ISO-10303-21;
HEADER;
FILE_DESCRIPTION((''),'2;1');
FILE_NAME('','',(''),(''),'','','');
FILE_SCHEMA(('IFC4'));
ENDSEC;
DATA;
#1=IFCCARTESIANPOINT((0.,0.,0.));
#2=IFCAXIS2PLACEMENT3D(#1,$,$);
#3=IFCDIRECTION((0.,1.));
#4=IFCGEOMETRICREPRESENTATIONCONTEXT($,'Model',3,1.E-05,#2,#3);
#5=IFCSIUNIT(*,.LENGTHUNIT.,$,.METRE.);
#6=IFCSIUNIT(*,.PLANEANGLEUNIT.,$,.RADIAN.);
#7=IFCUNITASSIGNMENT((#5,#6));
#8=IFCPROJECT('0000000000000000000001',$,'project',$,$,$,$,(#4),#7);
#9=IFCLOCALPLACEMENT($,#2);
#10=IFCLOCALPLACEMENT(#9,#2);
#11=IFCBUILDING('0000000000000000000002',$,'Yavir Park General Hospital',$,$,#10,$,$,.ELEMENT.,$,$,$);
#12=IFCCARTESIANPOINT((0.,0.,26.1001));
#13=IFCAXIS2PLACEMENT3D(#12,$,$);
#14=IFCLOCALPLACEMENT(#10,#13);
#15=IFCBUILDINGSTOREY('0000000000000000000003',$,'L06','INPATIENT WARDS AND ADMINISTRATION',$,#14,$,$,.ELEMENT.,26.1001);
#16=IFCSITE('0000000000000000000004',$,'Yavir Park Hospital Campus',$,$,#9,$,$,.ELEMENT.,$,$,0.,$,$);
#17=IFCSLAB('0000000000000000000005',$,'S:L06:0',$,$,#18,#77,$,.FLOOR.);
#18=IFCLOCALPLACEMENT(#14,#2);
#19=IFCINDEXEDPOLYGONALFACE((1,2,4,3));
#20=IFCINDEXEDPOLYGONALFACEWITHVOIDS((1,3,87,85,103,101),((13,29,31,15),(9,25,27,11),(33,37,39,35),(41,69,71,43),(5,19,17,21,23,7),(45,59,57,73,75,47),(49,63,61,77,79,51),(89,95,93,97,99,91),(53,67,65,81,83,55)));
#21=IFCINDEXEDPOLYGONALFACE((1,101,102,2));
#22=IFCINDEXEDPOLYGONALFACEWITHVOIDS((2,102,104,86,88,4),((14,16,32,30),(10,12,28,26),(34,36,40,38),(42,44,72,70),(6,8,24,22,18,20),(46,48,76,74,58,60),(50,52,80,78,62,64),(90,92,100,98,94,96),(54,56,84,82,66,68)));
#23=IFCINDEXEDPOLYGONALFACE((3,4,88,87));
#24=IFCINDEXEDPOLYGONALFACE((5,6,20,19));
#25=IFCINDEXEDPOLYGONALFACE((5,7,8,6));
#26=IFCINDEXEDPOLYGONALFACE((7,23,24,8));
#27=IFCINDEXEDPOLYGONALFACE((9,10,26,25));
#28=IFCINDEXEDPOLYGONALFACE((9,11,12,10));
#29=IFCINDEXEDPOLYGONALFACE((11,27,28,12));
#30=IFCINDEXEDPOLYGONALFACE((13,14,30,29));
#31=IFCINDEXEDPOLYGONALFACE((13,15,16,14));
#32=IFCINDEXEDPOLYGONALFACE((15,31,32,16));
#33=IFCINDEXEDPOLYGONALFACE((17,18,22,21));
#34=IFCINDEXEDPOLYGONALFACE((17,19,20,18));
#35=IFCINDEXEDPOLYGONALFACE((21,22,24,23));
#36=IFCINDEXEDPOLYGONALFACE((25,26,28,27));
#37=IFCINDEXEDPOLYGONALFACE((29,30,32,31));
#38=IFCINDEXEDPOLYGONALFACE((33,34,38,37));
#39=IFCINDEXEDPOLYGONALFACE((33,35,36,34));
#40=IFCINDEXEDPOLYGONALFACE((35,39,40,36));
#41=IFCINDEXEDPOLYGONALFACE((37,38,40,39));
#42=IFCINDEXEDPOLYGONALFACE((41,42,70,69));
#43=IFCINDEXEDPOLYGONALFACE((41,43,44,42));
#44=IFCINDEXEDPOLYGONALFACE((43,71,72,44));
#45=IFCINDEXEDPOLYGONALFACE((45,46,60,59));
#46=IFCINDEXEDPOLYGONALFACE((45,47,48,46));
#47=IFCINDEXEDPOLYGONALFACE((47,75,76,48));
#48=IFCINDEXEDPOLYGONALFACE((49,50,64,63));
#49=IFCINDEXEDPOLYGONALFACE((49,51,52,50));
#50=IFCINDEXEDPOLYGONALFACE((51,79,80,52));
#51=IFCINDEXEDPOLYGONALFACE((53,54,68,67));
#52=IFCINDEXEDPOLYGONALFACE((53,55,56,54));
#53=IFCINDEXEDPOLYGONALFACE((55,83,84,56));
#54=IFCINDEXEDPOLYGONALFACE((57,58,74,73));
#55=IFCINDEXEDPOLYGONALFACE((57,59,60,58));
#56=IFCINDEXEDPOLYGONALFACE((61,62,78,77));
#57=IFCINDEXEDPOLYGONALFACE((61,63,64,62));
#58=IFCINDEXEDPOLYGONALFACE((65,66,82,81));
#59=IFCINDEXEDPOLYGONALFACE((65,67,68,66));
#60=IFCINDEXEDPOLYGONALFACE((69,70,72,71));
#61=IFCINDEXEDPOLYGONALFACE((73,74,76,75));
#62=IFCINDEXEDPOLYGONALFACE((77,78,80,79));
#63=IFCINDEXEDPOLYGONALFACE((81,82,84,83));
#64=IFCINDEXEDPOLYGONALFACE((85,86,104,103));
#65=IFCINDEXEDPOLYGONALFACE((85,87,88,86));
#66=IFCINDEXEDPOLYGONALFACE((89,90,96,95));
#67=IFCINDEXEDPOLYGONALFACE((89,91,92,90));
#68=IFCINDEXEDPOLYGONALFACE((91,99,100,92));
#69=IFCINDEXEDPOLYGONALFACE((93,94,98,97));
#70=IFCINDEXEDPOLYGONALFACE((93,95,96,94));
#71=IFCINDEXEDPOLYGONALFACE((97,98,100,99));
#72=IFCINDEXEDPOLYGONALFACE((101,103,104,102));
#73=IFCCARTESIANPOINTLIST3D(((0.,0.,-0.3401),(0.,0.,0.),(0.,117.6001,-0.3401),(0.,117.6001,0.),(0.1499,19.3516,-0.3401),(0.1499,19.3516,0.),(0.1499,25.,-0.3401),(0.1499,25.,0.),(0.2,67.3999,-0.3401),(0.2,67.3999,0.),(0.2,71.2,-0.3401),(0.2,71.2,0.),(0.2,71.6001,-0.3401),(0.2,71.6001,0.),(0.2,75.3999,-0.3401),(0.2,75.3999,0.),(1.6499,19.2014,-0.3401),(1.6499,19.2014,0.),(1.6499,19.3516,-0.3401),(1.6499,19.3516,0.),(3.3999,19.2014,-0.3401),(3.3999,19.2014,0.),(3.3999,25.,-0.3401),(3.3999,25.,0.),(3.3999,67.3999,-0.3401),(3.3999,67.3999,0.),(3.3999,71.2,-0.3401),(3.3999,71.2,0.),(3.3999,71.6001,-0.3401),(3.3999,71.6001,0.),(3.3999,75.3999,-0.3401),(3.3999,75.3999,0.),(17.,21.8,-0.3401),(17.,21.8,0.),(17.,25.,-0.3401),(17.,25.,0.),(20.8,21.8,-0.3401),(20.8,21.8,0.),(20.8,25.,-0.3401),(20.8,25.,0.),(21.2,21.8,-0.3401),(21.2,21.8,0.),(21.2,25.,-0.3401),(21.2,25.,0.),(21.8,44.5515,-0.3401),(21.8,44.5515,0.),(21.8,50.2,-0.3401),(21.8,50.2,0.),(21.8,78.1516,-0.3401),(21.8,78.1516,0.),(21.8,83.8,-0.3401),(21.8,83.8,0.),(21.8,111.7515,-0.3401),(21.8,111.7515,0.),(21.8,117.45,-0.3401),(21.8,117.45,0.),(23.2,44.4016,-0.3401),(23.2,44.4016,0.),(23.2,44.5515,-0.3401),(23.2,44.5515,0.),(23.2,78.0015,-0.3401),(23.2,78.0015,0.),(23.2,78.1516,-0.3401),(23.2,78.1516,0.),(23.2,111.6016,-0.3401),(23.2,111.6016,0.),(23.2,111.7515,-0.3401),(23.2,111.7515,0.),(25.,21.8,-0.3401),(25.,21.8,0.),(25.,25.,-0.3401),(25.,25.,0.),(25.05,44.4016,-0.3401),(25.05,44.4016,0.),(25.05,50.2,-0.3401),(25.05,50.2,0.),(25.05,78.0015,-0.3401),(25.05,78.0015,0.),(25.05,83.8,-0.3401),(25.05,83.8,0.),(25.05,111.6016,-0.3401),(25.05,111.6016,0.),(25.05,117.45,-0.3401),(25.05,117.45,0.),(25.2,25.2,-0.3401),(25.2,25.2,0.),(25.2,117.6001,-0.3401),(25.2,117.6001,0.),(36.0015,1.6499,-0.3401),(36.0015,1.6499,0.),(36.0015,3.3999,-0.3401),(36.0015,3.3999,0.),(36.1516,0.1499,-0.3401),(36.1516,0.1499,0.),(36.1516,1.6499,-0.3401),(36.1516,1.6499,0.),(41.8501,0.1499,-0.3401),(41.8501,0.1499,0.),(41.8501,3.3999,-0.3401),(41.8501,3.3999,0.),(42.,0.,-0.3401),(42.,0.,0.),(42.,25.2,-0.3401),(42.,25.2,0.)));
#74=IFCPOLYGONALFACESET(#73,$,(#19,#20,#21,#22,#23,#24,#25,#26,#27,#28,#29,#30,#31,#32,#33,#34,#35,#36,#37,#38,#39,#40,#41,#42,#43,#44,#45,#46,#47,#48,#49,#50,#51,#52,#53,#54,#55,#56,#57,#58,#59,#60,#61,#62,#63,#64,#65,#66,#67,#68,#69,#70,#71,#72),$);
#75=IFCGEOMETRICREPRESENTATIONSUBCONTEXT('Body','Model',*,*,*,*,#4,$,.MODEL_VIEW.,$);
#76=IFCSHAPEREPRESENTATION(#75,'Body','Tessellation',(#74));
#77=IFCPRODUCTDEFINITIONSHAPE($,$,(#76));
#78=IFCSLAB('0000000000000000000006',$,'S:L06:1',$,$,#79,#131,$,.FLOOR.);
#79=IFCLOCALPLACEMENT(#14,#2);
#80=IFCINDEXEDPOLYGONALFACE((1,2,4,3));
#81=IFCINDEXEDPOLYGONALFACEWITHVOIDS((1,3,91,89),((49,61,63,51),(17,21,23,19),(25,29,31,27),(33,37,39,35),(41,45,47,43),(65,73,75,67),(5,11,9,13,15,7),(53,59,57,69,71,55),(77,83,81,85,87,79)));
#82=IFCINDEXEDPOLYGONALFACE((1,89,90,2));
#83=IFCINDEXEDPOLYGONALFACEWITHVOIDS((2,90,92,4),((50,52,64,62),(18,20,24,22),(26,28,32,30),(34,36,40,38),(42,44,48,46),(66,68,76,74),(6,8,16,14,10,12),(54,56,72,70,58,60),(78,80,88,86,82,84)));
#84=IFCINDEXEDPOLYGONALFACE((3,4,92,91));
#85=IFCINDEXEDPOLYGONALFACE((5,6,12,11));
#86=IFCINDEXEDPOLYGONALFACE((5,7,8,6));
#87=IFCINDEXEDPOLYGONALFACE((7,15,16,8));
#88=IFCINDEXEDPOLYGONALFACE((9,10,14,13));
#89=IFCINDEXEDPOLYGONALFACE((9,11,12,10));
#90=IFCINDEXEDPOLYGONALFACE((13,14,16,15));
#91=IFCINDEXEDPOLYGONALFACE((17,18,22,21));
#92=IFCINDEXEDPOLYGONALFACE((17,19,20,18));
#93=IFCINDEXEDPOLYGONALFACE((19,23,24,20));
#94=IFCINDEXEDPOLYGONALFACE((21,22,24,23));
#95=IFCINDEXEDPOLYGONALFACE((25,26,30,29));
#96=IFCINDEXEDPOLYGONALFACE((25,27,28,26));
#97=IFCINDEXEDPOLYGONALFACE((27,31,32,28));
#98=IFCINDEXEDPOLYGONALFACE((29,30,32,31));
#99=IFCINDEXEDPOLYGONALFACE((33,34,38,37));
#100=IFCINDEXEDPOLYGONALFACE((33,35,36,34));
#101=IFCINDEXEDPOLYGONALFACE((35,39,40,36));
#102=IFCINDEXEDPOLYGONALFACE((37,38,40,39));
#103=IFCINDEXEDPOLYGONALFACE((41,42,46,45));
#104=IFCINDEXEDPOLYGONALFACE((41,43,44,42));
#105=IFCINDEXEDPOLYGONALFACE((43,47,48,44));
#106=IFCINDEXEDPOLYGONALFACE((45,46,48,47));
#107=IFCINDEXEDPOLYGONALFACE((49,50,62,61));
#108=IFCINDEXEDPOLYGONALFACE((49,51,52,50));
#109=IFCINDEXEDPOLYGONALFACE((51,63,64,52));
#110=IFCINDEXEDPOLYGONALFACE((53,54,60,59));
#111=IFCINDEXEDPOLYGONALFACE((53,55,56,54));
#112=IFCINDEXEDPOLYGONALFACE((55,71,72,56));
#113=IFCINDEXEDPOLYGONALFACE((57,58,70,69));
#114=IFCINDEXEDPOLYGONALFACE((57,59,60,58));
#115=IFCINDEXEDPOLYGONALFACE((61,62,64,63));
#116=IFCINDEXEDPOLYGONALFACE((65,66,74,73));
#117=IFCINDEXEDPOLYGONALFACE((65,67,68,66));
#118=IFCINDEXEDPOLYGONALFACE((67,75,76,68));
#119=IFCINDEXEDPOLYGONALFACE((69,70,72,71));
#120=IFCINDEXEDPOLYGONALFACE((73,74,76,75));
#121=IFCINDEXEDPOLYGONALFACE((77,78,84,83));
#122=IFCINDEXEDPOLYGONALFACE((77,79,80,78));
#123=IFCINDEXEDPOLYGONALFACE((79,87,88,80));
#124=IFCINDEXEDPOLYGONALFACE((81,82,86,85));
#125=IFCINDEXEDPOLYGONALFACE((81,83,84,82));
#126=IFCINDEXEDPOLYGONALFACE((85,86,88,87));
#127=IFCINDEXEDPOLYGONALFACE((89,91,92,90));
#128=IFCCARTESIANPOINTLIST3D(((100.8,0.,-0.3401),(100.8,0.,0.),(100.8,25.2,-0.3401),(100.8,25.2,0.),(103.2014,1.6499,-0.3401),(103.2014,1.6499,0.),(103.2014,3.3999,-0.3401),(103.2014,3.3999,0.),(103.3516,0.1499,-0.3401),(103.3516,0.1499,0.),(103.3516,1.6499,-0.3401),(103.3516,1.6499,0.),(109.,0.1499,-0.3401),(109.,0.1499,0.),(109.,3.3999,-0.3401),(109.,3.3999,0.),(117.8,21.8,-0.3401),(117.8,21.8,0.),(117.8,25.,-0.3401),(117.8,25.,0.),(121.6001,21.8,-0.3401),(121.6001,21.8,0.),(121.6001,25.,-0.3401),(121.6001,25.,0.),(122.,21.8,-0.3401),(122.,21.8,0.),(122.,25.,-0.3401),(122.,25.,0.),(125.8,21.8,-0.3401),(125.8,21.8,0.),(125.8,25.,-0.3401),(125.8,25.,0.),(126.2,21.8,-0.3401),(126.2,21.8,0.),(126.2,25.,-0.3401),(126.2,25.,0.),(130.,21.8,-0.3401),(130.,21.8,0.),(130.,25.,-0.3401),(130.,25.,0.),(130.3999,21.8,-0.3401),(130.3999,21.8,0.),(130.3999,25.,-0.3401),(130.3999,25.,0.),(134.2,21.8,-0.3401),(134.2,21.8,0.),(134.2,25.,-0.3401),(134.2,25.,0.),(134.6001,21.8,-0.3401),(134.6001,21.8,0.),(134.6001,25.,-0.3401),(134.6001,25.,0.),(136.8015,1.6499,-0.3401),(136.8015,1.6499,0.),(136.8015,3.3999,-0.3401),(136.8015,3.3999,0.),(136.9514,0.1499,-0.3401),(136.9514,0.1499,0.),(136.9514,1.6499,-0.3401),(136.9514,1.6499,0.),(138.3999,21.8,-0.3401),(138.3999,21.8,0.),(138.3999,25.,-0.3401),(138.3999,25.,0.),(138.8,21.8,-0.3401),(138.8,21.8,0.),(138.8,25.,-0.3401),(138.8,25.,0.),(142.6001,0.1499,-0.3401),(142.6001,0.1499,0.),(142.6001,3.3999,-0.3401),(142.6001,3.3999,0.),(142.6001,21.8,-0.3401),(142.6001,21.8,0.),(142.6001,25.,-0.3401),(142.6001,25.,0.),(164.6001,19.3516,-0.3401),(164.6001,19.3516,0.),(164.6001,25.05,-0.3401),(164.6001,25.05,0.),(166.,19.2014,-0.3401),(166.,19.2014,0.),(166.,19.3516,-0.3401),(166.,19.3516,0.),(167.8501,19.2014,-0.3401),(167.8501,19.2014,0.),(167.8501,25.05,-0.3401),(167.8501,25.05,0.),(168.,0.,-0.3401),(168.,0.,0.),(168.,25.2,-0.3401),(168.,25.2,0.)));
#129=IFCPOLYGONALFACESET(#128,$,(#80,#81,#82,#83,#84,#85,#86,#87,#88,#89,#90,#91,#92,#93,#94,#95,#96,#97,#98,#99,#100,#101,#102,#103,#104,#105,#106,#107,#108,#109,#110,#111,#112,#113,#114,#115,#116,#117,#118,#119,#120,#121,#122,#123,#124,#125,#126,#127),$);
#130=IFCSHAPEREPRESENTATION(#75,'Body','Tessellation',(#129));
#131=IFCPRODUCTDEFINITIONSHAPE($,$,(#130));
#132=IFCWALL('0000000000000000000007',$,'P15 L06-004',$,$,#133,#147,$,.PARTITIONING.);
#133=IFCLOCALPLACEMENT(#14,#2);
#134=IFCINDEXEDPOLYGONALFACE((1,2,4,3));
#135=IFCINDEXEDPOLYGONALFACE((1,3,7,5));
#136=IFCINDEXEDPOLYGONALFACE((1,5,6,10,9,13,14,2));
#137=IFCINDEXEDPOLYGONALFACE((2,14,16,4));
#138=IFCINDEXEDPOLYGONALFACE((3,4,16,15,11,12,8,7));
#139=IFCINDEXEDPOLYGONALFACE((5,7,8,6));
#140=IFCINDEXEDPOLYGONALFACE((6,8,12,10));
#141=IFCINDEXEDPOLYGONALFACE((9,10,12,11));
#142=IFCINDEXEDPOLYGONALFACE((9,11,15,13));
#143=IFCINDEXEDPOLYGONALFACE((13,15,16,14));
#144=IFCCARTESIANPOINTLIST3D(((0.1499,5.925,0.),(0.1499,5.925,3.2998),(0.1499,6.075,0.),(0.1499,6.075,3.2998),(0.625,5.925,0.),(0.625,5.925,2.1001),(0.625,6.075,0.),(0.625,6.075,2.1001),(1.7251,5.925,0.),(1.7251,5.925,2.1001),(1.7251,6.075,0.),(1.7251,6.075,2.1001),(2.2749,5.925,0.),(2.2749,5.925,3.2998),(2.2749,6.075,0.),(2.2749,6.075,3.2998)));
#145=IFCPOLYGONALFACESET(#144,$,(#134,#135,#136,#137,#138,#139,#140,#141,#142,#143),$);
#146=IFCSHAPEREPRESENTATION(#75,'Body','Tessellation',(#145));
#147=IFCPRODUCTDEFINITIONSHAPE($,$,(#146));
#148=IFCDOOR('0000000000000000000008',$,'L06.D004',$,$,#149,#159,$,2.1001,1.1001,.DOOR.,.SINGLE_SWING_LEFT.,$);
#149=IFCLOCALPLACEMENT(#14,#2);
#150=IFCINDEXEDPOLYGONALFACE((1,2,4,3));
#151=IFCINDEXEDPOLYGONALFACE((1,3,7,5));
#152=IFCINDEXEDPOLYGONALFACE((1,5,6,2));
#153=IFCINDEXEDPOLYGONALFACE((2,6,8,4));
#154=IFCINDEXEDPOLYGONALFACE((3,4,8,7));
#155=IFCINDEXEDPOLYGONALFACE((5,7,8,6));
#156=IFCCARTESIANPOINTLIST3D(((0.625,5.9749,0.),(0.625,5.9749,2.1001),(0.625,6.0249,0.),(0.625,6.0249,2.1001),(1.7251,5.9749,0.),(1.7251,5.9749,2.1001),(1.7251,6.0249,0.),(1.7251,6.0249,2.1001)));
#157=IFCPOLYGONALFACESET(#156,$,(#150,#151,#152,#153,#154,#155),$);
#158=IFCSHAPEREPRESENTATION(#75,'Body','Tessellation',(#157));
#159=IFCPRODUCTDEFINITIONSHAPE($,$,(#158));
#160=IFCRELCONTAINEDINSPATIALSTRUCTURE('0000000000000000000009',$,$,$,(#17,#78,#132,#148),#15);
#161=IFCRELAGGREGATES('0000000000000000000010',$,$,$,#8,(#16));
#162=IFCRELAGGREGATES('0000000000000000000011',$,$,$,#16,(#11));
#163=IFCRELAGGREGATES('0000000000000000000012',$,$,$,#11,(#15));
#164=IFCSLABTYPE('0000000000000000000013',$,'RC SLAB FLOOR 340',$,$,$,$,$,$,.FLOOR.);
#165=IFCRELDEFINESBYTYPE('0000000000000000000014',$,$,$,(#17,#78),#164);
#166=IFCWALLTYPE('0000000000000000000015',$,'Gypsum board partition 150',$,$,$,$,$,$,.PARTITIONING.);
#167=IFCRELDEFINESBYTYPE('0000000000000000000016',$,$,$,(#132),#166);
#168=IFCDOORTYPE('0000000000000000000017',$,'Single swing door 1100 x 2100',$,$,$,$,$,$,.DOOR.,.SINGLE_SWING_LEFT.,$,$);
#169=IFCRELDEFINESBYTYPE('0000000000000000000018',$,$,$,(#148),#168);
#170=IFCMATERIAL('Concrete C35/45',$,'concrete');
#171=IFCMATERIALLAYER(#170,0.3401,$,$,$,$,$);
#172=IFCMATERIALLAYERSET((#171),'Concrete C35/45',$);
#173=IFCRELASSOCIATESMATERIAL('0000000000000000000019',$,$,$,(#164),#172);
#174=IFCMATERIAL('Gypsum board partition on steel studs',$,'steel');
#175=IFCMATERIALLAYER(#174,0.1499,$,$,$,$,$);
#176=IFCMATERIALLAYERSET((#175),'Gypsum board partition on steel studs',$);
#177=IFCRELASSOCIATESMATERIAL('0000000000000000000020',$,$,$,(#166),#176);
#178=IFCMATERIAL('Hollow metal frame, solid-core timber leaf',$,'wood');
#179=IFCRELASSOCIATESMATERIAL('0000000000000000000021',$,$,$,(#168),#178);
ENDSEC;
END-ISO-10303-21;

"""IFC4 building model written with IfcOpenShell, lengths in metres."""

from ifc_helpers import new_model, si_unit, direction, frame, frame_2d, origin, place, context, subcontext, project, spatial, polyline, rectangle, outline, extrude, material, layer, layer_set, type_object, element, fill, save


model = new_model("IFC4")

# Units and contexts
model_context = context("Model", 3, precision=1e-05, world=origin(), true_north=direction((0.0, 1.0)))
body_context = subcontext(model_context, "Body", "Model", "MODEL_VIEW")
ifc_project = project(units=[si_unit("LENGTHUNIT", "METRE"), si_unit("PLANEANGLEUNIT", "RADIAN")], contexts=[model_context])

# Site, building, storey
site_placement = place(None, origin())
site = spatial("IfcSite", under=ifc_project, at=site_placement, Name="Yavir Park Hospital Campus", CompositionType="ELEMENT", RefElevation=0.0)
building_placement = place(site_placement, origin())
building = spatial("IfcBuilding", under=site, at=building_placement, Name="Yavir Park General Hospital", CompositionType="ELEMENT")
storey_placement = place(building_placement, frame((0.0, 0.0, 26.1001)))
storey = spatial("IfcBuildingStorey", under=building, at=storey_placement, Name="L06", Description="INPATIENT WARDS AND ADMINISTRATION", CompositionType="ELEMENT", Elevation=26.1001)

# Slabs
ifc_material_1 = material(Name="Concrete C35/45", Category="concrete")
ifc_layer_1 = layer(ifc_material_1, 0.3401)
ifc_layer_set_1 = layer_set([ifc_layer_1], Name="Concrete C35/45")
slab_type_1 = type_object("IfcSlabType", Name="RC SLAB FLOOR 340", PredefinedType="FLOOR", material=ifc_layer_set_1)
slab_1_placement = place(storey_placement, frame((0.0, 0.0, -0.3401)))
element("IfcSlab", 1, at=slab_1_placement, inside=storey, type_object=slab_type_1, Name="S:L06:0", PredefinedType="FLOOR", context=body_context, shape_type="SweptSolid", body=[
    extrude(outline(polyline([(42.0, 25.2), (25.2, 25.2), (25.2, 117.6001), (0.0, 117.6001), (0.0, 0.0), (42.0, 0.0), (42.0, 25.2)]), holes=[polyline([(17.0, 21.8), (17.0, 25.0), (20.8, 25.0), (20.8, 21.8), (17.0, 21.8)]), polyline([(21.2, 21.8), (21.2, 25.0), (25.0, 25.0), (25.0, 21.8), (21.2, 21.8)]), polyline([(0.2, 67.3999), (0.2, 71.2), (3.3999, 71.2), (3.3999, 67.3999), (0.2, 67.3999)]), polyline([(0.2, 71.6001), (0.2, 75.3999), (3.3999, 75.3999), (3.3999, 71.6001), (0.2, 71.6001)]), polyline([(3.3999, 19.2014), (1.6499, 19.2014), (1.6499, 19.3516), (0.1499, 19.3516), (0.1499, 25.0), (3.3999, 25.0), (3.3999, 19.2014)]), polyline([(41.8501, 0.1499), (36.1516, 0.1499), (36.1516, 1.6499), (36.0015, 1.6499), (36.0015, 3.3999), (41.8501, 3.3999), (41.8501, 0.1499)]), polyline([(21.8, 50.2), (25.05, 50.2), (25.05, 44.4016), (23.2, 44.4016), (23.2, 44.5515), (21.8, 44.5515), (21.8, 50.2)]), polyline([(25.05, 78.0015), (23.2, 78.0015), (23.2, 78.1516), (21.8, 78.1516), (21.8, 83.8), (25.05, 83.8), (25.05, 78.0015)]), polyline([(23.2, 111.7515), (21.8, 111.7515), (21.8, 117.45), (25.05, 117.45), (25.05, 111.6016), (23.2, 111.6016), (23.2, 111.7515)])]), origin(), (0.0, 0.0, 1.0), 0.3401),
])
slab_2_placement = place(storey_placement, frame((0.0, 0.0, -0.3401)))
element("IfcSlab", 2, at=slab_2_placement, inside=storey, type_object=slab_type_1, Name="S:L06:1", PredefinedType="FLOOR", context=body_context, shape_type="SweptSolid", body=[
    extrude(outline(polyline([(100.8, 25.2), (100.8, 0.0), (168.0, 0.0), (168.0, 25.2), (100.8, 25.2)]), holes=[polyline([(117.8, 21.8), (117.8, 25.0), (121.6001, 25.0), (121.6001, 21.8), (117.8, 21.8)]), polyline([(122.0, 21.8), (122.0, 25.0), (125.8, 25.0), (125.8, 21.8), (122.0, 21.8)]), polyline([(126.2, 21.8), (126.2, 25.0), (130.0, 25.0), (130.0, 21.8), (126.2, 21.8)]), polyline([(130.3999, 21.8), (130.3999, 25.0), (134.2, 25.0), (134.2, 21.8), (130.3999, 21.8)]), polyline([(134.6001, 25.0), (138.3999, 25.0), (138.3999, 21.8), (134.6001, 21.8), (134.6001, 25.0)]), polyline([(138.8, 25.0), (142.6001, 25.0), (142.6001, 21.8), (138.8, 21.8), (138.8, 25.0)]), polyline([(103.3516, 1.6499), (103.2014, 1.6499), (103.2014, 3.3999), (109.0, 3.3999), (109.0, 0.1499), (103.3516, 0.1499), (103.3516, 1.6499)]), polyline([(136.8015, 3.3999), (142.6001, 3.3999), (142.6001, 0.1499), (136.9514, 0.1499), (136.9514, 1.6499), (136.8015, 1.6499), (136.8015, 3.3999)]), polyline([(166.0, 19.3516), (164.6001, 19.3516), (164.6001, 25.05), (167.8501, 25.05), (167.8501, 19.2014), (166.0, 19.2014), (166.0, 19.3516)])]), origin(), (0.0, 0.0, 1.0), 0.3401),
])

# Wall, opening, door
ifc_material_2 = material(Name="Gypsum board partition on steel studs", Category="steel")
ifc_layer_2 = layer(ifc_material_2, 0.1499)
ifc_layer_set_2 = layer_set([ifc_layer_2], Name="Gypsum board partition on steel studs")
wall_type_1 = type_object("IfcWallType", Name="Gypsum board partition 150", PredefinedType="PARTITIONING", material=ifc_layer_set_2)
wall_1_placement = place(storey_placement, frame((0.1499, 6.0, 0.0), z_axis=(0.0, 0.0, 1.0), x_axis=(1.0, 0.0, 0.0)))
wall_1 = element("IfcWall", 3, at=wall_1_placement, inside=storey, type_object=wall_type_1, Name="P15 L06-004", PredefinedType="PARTITIONING", context=body_context, shape_type="SweptSolid", body=[
    extrude(rectangle(XDim=2.125, YDim=0.1499, at=frame_2d((1.0625, 0.0))), origin(), (0.0, 0.0, 1.0), 3.2998),
])
opening_1_placement = place(wall_1_placement, frame((0.4751, 0.0, 0.0)))
opening_1 = element("IfcOpeningElement", 4, at=opening_1_placement, cuts=wall_1, PredefinedType="OPENING", context=body_context, shape_type="SweptSolid", body=[
    extrude(rectangle(XDim=1.1001, YDim=2.1001, at=frame_2d((0.55, 1.05))), frame((0.0, 0.085, 0.0), z_axis=(0.0, -1.0, 0.0), x_axis=(1.0, 0.0, 0.0)), (0.0, 0.0, 1.0), 0.1699),
])
ifc_material_3 = material(Name="Hollow metal frame, solid-core timber leaf", Category="wood")
door_type = type_object("IfcDoorType", Name="Single swing door 1100 x 2100", OperationType="SINGLE_SWING_LEFT", PredefinedType="DOOR", material=ifc_material_3)
door_placement = place(opening_1_placement, origin())
door = element("IfcDoor", 5, at=door_placement, inside=storey, type_object=door_type, Name="L06.D004", OperationType="SINGLE_SWING_LEFT", OverallHeight=2.1001, OverallWidth=1.1001, PredefinedType="DOOR", context=body_context, shape_type="SweptSolid", body=[
    extrude(rectangle(XDim=1.1001, YDim=2.1001, at=frame_2d((0.55, 1.05))), frame((0.0, 0.0249, 0.0), z_axis=(0.0, -1.0, 0.0), x_axis=(1.0, 0.0, 0.0)), (0.0, 0.0, 1.0), 0.05),
])
fill(opening_1, door)

save(model, "model.ifc")
